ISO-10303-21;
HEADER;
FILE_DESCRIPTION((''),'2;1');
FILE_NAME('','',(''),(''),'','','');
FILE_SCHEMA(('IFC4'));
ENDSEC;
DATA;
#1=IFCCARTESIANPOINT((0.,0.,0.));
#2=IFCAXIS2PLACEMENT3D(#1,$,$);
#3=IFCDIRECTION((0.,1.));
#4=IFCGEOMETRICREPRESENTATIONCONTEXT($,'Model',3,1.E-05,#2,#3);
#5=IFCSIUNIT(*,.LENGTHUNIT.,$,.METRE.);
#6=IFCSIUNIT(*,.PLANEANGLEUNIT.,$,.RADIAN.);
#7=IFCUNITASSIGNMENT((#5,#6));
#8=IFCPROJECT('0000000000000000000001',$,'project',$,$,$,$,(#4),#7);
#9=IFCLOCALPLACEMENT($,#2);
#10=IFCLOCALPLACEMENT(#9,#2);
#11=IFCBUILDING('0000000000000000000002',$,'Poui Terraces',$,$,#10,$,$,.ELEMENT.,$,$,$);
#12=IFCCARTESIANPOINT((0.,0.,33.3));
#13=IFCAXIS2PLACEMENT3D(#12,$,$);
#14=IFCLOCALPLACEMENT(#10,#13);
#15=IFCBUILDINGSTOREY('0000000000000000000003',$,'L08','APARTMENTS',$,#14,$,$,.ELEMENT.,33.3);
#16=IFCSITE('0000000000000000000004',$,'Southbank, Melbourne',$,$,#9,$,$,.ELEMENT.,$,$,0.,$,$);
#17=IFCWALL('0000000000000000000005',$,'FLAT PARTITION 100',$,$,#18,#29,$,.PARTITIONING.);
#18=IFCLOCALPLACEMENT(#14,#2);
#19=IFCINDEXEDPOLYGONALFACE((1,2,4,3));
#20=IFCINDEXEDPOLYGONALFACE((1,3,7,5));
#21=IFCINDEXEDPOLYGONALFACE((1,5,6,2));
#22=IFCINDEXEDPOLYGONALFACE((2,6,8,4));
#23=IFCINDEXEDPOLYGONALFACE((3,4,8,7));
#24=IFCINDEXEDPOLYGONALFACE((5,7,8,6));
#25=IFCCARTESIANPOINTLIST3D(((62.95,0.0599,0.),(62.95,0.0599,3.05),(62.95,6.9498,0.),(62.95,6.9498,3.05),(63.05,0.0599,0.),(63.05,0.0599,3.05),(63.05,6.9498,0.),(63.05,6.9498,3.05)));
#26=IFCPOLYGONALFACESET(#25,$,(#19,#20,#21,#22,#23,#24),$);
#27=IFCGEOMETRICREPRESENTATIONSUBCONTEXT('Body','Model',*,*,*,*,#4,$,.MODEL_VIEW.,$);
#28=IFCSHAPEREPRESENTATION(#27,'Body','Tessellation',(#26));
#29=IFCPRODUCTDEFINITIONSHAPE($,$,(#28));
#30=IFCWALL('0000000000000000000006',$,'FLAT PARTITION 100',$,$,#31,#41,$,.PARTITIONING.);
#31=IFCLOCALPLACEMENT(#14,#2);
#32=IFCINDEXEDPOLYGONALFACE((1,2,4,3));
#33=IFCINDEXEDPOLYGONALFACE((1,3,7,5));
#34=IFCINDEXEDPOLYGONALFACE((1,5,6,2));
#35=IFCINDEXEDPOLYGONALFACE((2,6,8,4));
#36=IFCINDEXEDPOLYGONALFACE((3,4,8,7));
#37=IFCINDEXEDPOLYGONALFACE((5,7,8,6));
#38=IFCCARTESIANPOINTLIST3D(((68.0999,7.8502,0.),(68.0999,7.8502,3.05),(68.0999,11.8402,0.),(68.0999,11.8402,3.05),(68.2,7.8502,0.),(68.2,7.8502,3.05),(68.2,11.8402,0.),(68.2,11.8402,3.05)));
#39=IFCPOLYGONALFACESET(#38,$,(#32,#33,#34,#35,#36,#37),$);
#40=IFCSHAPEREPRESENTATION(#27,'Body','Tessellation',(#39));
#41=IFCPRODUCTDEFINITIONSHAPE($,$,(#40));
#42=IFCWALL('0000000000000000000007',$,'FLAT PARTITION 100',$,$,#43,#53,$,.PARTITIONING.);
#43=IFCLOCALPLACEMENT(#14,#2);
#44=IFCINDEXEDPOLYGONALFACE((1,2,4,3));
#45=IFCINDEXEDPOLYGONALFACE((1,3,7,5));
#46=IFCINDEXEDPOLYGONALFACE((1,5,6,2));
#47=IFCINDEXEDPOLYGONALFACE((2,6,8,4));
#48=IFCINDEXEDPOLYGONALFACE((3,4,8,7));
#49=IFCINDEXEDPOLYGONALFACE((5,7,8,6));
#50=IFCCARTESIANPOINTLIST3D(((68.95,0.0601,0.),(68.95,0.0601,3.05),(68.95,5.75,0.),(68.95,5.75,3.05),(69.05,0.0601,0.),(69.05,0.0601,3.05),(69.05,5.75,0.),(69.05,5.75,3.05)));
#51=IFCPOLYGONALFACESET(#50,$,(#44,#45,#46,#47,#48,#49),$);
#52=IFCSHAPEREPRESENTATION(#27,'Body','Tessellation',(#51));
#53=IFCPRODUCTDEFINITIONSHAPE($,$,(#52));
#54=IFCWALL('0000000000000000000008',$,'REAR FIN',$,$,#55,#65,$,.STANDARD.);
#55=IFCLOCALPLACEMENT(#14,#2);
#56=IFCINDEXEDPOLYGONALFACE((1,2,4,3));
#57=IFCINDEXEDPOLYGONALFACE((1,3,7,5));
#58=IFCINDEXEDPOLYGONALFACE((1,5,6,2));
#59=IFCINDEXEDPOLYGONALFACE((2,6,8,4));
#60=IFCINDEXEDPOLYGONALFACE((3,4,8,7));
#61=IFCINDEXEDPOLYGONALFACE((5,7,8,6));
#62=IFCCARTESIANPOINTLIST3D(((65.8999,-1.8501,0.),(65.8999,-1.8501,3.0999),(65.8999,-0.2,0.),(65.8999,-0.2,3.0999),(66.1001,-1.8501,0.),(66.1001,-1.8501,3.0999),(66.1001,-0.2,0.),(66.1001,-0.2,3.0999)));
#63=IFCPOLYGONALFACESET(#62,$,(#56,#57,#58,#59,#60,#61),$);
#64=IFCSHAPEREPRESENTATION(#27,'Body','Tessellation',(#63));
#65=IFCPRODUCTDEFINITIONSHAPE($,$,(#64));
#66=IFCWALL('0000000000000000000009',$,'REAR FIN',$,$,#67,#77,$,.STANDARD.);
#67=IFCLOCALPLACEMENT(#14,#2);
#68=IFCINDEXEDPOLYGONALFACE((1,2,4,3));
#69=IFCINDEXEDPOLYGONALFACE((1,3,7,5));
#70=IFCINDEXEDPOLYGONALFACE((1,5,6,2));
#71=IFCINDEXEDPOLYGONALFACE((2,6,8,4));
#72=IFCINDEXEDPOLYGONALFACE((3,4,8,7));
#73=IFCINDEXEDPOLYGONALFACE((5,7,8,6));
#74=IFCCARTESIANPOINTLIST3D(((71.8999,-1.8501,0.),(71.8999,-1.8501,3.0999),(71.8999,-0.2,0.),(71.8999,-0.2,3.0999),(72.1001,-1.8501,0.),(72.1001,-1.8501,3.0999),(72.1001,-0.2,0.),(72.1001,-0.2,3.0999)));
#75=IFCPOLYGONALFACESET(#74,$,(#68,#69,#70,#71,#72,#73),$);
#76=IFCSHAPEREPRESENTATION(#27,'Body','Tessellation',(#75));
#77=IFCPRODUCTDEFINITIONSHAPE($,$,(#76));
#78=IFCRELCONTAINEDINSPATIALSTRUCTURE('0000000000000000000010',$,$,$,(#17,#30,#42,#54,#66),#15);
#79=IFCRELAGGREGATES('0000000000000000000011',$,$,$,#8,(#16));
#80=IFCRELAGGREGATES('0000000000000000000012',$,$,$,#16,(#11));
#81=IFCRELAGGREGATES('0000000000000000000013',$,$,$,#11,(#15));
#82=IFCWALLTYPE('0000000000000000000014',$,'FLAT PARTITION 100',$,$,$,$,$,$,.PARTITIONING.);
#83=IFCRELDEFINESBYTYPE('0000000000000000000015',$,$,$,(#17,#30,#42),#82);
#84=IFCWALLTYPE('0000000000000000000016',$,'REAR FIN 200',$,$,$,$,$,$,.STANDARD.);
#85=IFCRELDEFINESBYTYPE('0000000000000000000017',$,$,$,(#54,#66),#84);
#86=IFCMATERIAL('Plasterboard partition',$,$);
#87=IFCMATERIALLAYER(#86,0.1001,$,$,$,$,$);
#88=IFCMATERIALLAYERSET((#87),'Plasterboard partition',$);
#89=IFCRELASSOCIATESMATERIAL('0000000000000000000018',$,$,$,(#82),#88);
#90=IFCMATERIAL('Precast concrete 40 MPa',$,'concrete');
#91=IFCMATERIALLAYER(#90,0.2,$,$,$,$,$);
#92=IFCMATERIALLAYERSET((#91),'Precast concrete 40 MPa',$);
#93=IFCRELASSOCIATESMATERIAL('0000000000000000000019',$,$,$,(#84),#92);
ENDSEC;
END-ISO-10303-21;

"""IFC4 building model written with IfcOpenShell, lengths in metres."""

from ifc_helpers import new_model, si_unit, direction, frame, frame_2d, origin, place, context, subcontext, project, spatial, polyline, rectangle, outline, extrude, source, transform, mapped, material, layer, layer_set, type_object, element, save


model = new_model("IFC4")

# Units and contexts
model_context = context("Model", 3, precision=1e-05, world=origin(), true_north=direction((0.0, 1.0)))
body_context = subcontext(model_context, "Body", "Model", "MODEL_VIEW")
ifc_project = project(units=[si_unit("LENGTHUNIT", "METRE"), si_unit("PLANEANGLEUNIT", "RADIAN")], contexts=[model_context])

# Site, building, storey
site_placement = place(None, origin())
site = spatial("IfcSite", under=ifc_project, at=site_placement, Name="Southbank, Melbourne", CompositionType="ELEMENT", RefElevation=0.0)
building_placement = place(site_placement, origin())
building = spatial("IfcBuilding", under=site, at=building_placement, Name="Poui Terraces", CompositionType="ELEMENT")
storey_placement = place(building_placement, frame((0.0, 0.0, 33.3)))
storey = spatial("IfcBuildingStorey", under=building, at=storey_placement, Name="L08", Description="APARTMENTS", CompositionType="ELEMENT", Elevation=33.3)

# Shared definitions
ifc_material_1 = material(Name="Plasterboard partition")
ifc_layer_1 = layer(ifc_material_1, 0.1001)
ifc_layer_set_1 = layer_set([ifc_layer_1], Name="Plasterboard partition")
wall_type_1 = type_object("IfcWallType", Name="FLAT PARTITION 100", PredefinedType="PARTITIONING", material=ifc_layer_set_1)

# Walls
wall_1_placement = place(storey_placement, frame((63.0, 0.0601, 0.0), z_axis=(0.0, 0.0, 1.0), x_axis=(0.0, 1.0, 0.0)))
element("IfcWall", 1, at=wall_1_placement, inside=storey, type_object=wall_type_1, Name="FLAT PARTITION 100", PredefinedType="PARTITIONING", context=body_context, shape_type="SweptSolid", body=[
    extrude(rectangle(XDim=6.8899, YDim=0.1001, at=frame_2d((3.4448, 0.0))), origin(), (0.0, 0.0, 1.0), 3.05),
])
wall_2_placement = place(storey_placement, frame((68.1499, 7.8501, 0.0), z_axis=(0.0, 0.0, 1.0), x_axis=(0.0, 1.0, 0.0)))
element("IfcWall", 2, at=wall_2_placement, inside=storey, type_object=wall_type_1, Name="FLAT PARTITION 100", PredefinedType="PARTITIONING", context=body_context, shape_type="SweptSolid", body=[
    extrude(rectangle(XDim=3.99, YDim=0.1001, at=frame_2d((1.9951, 0.0))), origin(), (0.0, 0.0, 1.0), 3.05),
])
wall_3_placement = place(storey_placement, frame((69.0, 0.0601, 0.0), z_axis=(0.0, 0.0, 1.0), x_axis=(0.0, 1.0, 0.0)))
element("IfcWall", 3, at=wall_3_placement, inside=storey, type_object=wall_type_1, Name="FLAT PARTITION 100", PredefinedType="PARTITIONING", context=body_context, shape_type="SweptSolid", body=[
    extrude(rectangle(XDim=5.6899, YDim=0.1001, at=frame_2d((2.845, 0.0))), origin(), (0.0, 0.0, 1.0), 3.05),
])
ifc_material_2 = material(Name="Precast concrete 40 MPa", Category="concrete")
ifc_layer_2 = layer(ifc_material_2, 0.2)
ifc_layer_set_2 = layer_set([ifc_layer_2], Name="Precast concrete 40 MPa")
wall_type_2 = type_object("IfcWallType", Name="REAR FIN 200", PredefinedType="STANDARD", material=ifc_layer_set_2)
shared_shape_1 = source(origin(), body_context, "Body", "SweptSolid", [
    extrude(outline(polyline([(0.0, 0.0), (0.2002, 0.0), (0.2002, 1.6501), (0.0, 1.6501), (0.0, 0.0)])), origin(), (0.0, 0.0, 1.0), 3.0999),
])
for number, where, name in (
    (4, (65.8999, -1.8501, 0.0), "REAR FIN"),
    (5, (71.8999, -1.8501, 0.0), "REAR FIN"),
):
    element("IfcWall", number, at=place(storey_placement, frame(where)), inside=storey, type_object=wall_type_2, Name=name, PredefinedType="STANDARD", context=body_context, shape_type="MappedRepresentation", body=[
        mapped(shared_shape_1, transform((0.0, 0.0, 0.0))),
    ])

save(model, "model.ifc")
